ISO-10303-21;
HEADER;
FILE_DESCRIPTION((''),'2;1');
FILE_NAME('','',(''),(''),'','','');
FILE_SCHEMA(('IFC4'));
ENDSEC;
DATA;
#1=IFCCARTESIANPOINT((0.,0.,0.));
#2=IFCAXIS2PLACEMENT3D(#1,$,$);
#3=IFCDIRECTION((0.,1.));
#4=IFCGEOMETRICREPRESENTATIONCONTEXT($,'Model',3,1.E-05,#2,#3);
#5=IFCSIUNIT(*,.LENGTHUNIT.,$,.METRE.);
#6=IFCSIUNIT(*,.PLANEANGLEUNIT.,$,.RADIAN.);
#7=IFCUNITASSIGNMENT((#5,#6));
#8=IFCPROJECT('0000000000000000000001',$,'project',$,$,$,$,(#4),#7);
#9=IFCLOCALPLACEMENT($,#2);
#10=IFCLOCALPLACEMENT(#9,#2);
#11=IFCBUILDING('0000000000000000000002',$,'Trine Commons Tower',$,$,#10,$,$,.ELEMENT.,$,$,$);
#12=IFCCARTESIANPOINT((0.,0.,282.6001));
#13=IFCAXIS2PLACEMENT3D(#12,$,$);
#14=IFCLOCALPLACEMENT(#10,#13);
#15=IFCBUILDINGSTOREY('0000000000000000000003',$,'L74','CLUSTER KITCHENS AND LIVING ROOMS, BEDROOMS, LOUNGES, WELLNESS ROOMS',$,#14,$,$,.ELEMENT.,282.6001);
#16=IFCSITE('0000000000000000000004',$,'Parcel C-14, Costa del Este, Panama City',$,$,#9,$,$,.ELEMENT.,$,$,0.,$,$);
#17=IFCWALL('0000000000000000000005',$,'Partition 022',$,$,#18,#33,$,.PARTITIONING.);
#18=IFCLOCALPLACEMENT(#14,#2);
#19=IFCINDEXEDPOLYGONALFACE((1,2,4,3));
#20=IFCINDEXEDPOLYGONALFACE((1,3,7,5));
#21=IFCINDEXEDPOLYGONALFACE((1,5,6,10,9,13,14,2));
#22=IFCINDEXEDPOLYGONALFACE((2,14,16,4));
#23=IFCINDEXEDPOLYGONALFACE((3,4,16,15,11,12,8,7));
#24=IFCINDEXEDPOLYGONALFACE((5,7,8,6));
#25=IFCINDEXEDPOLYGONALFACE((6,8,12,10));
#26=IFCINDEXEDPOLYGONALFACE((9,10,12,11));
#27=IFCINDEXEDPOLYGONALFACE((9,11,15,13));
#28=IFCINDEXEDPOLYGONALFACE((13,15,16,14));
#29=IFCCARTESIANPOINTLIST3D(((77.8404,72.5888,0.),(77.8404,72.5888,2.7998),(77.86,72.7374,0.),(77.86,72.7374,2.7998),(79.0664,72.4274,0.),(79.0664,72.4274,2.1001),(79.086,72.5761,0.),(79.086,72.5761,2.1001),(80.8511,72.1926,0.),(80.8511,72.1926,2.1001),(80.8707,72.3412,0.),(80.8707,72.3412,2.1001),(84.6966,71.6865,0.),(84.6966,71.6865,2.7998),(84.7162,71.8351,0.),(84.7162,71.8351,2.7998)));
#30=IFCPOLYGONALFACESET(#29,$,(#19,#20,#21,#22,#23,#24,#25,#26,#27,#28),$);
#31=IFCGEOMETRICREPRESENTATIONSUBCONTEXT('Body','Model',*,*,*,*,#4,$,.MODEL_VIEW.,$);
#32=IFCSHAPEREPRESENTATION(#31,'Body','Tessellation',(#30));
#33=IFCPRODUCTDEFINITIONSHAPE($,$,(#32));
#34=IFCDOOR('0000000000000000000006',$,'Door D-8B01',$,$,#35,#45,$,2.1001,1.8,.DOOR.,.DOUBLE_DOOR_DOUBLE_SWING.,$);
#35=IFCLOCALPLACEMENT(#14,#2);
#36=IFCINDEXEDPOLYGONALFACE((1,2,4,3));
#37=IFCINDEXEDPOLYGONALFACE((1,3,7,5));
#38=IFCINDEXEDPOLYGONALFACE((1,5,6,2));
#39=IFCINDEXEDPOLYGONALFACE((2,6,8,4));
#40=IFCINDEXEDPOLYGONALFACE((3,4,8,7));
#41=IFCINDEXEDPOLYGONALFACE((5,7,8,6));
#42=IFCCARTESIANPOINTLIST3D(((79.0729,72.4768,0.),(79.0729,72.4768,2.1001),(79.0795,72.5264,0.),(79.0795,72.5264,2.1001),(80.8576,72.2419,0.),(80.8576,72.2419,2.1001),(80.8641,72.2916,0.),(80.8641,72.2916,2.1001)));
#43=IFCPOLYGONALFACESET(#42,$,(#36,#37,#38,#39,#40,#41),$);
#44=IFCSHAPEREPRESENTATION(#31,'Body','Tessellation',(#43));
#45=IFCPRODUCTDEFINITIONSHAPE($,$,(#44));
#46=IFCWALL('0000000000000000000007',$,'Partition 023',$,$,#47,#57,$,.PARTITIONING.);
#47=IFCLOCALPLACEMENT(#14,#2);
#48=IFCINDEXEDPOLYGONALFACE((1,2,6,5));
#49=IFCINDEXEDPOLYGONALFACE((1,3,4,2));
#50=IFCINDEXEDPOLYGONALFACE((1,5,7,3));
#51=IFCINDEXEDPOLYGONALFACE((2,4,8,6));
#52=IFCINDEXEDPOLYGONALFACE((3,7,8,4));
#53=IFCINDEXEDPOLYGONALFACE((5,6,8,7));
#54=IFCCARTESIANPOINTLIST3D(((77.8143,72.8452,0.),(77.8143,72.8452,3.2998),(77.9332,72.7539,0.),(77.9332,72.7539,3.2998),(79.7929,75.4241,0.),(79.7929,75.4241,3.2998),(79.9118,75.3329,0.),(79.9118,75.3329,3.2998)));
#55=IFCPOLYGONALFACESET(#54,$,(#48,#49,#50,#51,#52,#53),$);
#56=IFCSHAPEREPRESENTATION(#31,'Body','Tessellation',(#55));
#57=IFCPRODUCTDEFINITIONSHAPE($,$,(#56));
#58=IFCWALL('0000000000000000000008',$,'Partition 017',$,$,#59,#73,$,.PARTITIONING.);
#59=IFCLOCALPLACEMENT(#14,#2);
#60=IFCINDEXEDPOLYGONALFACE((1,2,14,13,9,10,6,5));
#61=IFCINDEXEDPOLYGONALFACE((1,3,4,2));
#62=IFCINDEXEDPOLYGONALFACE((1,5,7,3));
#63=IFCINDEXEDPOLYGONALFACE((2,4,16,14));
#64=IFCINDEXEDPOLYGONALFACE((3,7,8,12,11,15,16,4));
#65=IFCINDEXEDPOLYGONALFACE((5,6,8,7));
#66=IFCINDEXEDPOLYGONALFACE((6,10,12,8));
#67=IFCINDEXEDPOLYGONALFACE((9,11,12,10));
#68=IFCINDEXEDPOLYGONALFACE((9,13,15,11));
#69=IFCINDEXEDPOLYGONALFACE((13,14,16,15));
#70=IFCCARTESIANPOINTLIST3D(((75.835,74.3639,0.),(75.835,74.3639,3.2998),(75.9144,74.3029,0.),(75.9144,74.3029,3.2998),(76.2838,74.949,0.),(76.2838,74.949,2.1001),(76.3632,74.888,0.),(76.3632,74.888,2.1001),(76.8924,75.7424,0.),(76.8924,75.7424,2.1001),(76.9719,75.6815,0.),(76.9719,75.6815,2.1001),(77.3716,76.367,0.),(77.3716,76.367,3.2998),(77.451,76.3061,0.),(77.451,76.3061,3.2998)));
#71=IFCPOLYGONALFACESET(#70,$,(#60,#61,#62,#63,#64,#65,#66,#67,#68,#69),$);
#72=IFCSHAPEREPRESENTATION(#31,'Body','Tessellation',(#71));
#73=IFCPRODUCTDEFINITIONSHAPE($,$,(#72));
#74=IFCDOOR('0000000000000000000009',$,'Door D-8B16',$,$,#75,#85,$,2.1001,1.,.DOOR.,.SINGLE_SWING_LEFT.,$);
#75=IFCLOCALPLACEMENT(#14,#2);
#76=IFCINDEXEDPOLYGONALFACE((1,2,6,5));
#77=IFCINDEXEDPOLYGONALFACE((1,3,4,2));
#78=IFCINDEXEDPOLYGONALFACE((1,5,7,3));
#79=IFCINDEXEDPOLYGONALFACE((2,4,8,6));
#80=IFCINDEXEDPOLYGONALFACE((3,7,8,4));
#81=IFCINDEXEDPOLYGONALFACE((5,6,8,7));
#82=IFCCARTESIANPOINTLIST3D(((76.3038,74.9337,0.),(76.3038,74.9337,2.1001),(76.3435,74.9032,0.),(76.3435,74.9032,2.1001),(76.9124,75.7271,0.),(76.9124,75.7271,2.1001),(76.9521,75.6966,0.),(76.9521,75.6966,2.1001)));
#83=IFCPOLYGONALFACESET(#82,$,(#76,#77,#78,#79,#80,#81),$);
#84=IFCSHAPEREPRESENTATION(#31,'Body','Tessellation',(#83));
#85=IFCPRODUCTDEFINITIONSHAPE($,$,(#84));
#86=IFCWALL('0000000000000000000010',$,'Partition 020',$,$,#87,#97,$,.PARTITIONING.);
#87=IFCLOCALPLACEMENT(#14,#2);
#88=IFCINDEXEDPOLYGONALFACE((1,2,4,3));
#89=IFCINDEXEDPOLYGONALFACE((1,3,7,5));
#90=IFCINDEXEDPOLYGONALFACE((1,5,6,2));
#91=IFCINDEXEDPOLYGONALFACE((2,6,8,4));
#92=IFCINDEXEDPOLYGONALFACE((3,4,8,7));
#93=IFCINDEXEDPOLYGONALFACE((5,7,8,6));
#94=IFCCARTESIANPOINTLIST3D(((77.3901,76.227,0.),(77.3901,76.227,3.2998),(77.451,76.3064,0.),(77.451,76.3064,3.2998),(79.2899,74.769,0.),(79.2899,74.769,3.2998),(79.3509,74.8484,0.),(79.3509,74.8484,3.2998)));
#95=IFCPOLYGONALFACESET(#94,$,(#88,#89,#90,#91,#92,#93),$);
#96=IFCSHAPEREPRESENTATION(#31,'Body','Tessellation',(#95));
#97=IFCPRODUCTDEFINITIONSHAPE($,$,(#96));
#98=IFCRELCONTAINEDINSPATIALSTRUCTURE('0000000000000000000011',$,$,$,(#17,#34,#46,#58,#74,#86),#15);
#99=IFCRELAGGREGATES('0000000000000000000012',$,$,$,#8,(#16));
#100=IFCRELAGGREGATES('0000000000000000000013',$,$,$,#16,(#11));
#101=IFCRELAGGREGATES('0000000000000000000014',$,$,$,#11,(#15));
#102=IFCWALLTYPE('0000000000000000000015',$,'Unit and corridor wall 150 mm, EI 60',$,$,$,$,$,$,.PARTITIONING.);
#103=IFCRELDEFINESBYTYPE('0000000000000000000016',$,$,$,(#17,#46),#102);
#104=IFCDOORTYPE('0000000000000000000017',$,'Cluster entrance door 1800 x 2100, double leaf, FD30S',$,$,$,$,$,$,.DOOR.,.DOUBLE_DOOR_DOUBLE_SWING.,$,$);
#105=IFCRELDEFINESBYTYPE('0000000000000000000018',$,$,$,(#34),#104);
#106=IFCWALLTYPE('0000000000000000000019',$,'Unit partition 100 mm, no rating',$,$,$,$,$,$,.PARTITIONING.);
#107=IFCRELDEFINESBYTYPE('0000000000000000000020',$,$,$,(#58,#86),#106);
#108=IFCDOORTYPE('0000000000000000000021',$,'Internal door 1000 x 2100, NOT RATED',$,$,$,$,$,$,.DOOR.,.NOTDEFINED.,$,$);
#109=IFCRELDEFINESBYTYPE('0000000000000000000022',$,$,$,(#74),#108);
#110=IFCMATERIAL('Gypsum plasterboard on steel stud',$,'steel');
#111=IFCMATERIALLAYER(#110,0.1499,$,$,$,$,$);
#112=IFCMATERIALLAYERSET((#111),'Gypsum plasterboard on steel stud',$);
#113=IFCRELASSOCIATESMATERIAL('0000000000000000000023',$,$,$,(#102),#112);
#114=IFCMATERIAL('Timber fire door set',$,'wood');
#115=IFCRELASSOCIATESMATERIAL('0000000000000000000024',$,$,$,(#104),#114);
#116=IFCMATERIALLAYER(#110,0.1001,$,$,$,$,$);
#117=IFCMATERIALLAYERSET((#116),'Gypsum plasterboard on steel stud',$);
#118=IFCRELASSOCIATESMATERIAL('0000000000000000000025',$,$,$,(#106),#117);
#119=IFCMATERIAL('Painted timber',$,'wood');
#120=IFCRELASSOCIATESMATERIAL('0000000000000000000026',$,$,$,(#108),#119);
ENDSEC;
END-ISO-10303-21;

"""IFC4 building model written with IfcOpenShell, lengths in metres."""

from ifc_helpers import new_model, si_unit, direction, frame, frame_2d, origin, place, context, subcontext, project, spatial, rectangle, extrude, material, layer, layer_set, type_object, element, fill, save


model = new_model("IFC4")

# Units and contexts
model_context = context("Model", 3, precision=1e-05, world=origin(), true_north=direction((0.0, 1.0)))
body_context = subcontext(model_context, "Body", "Model", "MODEL_VIEW")
ifc_project = project(units=[si_unit("LENGTHUNIT", "METRE"), si_unit("PLANEANGLEUNIT", "RADIAN")], contexts=[model_context])

# Site, building, storey
site_placement = place(None, origin())
site = spatial("IfcSite", under=ifc_project, at=site_placement, Name="Parcel C-14, Costa del Este, Panama City", CompositionType="ELEMENT", RefElevation=0.0)
building_placement = place(site_placement, origin())
building = spatial("IfcBuilding", under=site, at=building_placement, Name="Trine Commons Tower", CompositionType="ELEMENT")
storey_placement = place(building_placement, frame((0.0, 0.0, 282.6001)))
storey = spatial("IfcBuildingStorey", under=building, at=storey_placement, Name="L74", Description="CLUSTER KITCHENS AND LIVING ROOMS, BEDROOMS, LOUNGES, WELLNESS ROOMS", CompositionType="ELEMENT", Elevation=282.6001)

# Shared definitions
ifc_material_1 = material(Name="Gypsum plasterboard on steel stud", Category="steel")
ifc_layer_1 = layer(ifc_material_1, 0.1499)
ifc_layer_set_1 = layer_set([ifc_layer_1], Name="Gypsum plasterboard on steel stud")
wall_type_1 = type_object("IfcWallType", Name="Unit and corridor wall 150 mm, EI 60", PredefinedType="PARTITIONING", material=ifc_layer_set_1)

# Shared definitions
ifc_material_2 = material(Name="Timber fire door set", Category="wood")

# Wall, opening, door
wall_1_placement = place(storey_placement, frame((77.8503, 72.6631, 0.0), z_axis=(0.0, 0.0, 1.0), x_axis=(0.99145, -0.130485, 0.0)))
wall_1 = element("IfcWall", 1, at=wall_1_placement, inside=storey, type_object=wall_type_1, Name="Partition 022", PredefinedType="PARTITIONING", context=body_context, shape_type="SweptSolid", body=[
    extrude(rectangle(XDim=6.9153, YDim=0.1499, at=frame_2d((3.4575, 0.0))), origin(), (0.0, 0.0, 1.0), 2.7998),
])
opening_1_placement = place(wall_1_placement, frame((1.2366, 0.0, 0.0)))
opening_1 = element("IfcOpeningElement", 2, at=opening_1_placement, cuts=wall_1, PredefinedType="OPENING", context=body_context, shape_type="SweptSolid", body=[
    extrude(rectangle(XDim=1.8, YDim=2.1001, at=frame_2d((0.8999, 1.05))), frame((0.0, 0.085, 0.0), z_axis=(0.0, -1.0, 0.0), x_axis=(1.0, 0.0, 0.0)), (0.0, 0.0, 1.0), 0.1699),
])
door_type_1 = type_object("IfcDoorType", Name="Cluster entrance door 1800 x 2100, double leaf, FD30S", OperationType="DOUBLE_DOOR_DOUBLE_SWING", PredefinedType="DOOR", material=ifc_material_2)
door_1_placement = place(opening_1_placement, origin())
door_1 = element("IfcDoor", 3, at=door_1_placement, inside=storey, type_object=door_type_1, Name="Door D-8B01", OperationType="DOUBLE_DOOR_DOUBLE_SWING", OverallHeight=2.1001, OverallWidth=1.8, PredefinedType="DOOR", context=body_context, shape_type="SweptSolid", body=[
    extrude(rectangle(XDim=1.8, YDim=2.1001, at=frame_2d((0.8999, 1.05))), frame((0.0, 0.0249, 0.0), z_axis=(0.0, -1.0, 0.0), x_axis=(1.0, 0.0, 0.0)), (0.0, 0.0, 1.0), 0.05),
])
fill(opening_1, door_1)

# Wall
wall_2_placement = place(storey_placement, frame((77.8738, 72.7996, 0.0), z_axis=(0.0, 0.0, 1.0), x_axis=(0.608701, 0.7934, 0.0)))
element("IfcWall", 4, at=wall_2_placement, inside=storey, type_object=wall_type_1, Name="Partition 023", PredefinedType="PARTITIONING", context=body_context, shape_type="SweptSolid", body=[
    extrude(rectangle(XDim=3.2505, YDim=0.1499, at=frame_2d((1.6252, 0.0))), origin(), (0.0, 0.0, 1.0), 3.2998),
])

# Wall, opening, door
ifc_layer_2 = layer(ifc_material_1, 0.1001)
ifc_layer_set_2 = layer_set([ifc_layer_2], Name="Gypsum plasterboard on steel stud")
wall_type_2 = type_object("IfcWallType", Name="Unit partition 100 mm, no rating", PredefinedType="PARTITIONING", material=ifc_layer_set_2)
wall_3_placement = place(storey_placement, frame((75.8748, 74.3335, 0.0), z_axis=(0.0, 0.0, 1.0), x_axis=(0.608645, 0.793443, 0.0)))
wall_3 = element("IfcWall", 5, at=wall_3_placement, inside=storey, type_object=wall_type_2, Name="Partition 017", PredefinedType="PARTITIONING", context=body_context, shape_type="SweptSolid", body=[
    extrude(rectangle(XDim=2.5247, YDim=0.1001, at=frame_2d((1.2622, 0.0))), origin(), (0.0, 0.0, 1.0), 3.2998),
])
opening_2_placement = place(wall_3_placement, frame((0.7373, 0.0, 0.0)))
opening_2 = element("IfcOpeningElement", 6, at=opening_2_placement, cuts=wall_3, PredefinedType="OPENING", context=body_context, shape_type="SweptSolid", body=[
    extrude(rectangle(XDim=1.0, YDim=2.1001, at=frame_2d((0.5, 1.05))), frame((0.0, 0.0601, 0.0), z_axis=(0.0, -1.0, 0.0), x_axis=(1.0, 0.0, 0.0)), (0.0, 0.0, 1.0), 0.1201),
])
ifc_material_3 = material(Name="Painted timber", Category="wood")
door_type_2 = type_object("IfcDoorType", Name="Internal door 1000 x 2100, NOT RATED", OperationType="NOTDEFINED", PredefinedType="DOOR", material=ifc_material_3)
door_2_placement = place(opening_2_placement, origin())
door_2 = element("IfcDoor", 7, at=door_2_placement, inside=storey, type_object=door_type_2, Name="Door D-8B16", OperationType="SINGLE_SWING_LEFT", OverallHeight=2.1001, OverallWidth=1.0, PredefinedType="DOOR", context=body_context, shape_type="SweptSolid", body=[
    extrude(rectangle(XDim=1.0, YDim=2.1001, at=frame_2d((0.5, 1.05))), frame((0.0, 0.0249, 0.0), z_axis=(0.0, -1.0, 0.0), x_axis=(1.0, 0.0, 0.0)), (0.0, 0.0, 1.0), 0.05),
])
fill(opening_2, door_2)

# Wall
wall_4_placement = place(storey_placement, frame((77.4207, 76.2666, 0.0), z_axis=(0.0, 0.0, 1.0), x_axis=(0.793321, -0.608804, 0.0)))
element("IfcWall", 8, at=wall_4_placement, inside=storey, type_object=wall_type_2, Name="Partition 020", PredefinedType="PARTITIONING", context=body_context, shape_type="SweptSolid", body=[
    extrude(rectangle(XDim=2.3948, YDim=0.1001, at=frame_2d((1.1973, 0.0))), origin(), (0.0, 0.0, 1.0), 3.2998),
])

save(model, "model.ifc")
